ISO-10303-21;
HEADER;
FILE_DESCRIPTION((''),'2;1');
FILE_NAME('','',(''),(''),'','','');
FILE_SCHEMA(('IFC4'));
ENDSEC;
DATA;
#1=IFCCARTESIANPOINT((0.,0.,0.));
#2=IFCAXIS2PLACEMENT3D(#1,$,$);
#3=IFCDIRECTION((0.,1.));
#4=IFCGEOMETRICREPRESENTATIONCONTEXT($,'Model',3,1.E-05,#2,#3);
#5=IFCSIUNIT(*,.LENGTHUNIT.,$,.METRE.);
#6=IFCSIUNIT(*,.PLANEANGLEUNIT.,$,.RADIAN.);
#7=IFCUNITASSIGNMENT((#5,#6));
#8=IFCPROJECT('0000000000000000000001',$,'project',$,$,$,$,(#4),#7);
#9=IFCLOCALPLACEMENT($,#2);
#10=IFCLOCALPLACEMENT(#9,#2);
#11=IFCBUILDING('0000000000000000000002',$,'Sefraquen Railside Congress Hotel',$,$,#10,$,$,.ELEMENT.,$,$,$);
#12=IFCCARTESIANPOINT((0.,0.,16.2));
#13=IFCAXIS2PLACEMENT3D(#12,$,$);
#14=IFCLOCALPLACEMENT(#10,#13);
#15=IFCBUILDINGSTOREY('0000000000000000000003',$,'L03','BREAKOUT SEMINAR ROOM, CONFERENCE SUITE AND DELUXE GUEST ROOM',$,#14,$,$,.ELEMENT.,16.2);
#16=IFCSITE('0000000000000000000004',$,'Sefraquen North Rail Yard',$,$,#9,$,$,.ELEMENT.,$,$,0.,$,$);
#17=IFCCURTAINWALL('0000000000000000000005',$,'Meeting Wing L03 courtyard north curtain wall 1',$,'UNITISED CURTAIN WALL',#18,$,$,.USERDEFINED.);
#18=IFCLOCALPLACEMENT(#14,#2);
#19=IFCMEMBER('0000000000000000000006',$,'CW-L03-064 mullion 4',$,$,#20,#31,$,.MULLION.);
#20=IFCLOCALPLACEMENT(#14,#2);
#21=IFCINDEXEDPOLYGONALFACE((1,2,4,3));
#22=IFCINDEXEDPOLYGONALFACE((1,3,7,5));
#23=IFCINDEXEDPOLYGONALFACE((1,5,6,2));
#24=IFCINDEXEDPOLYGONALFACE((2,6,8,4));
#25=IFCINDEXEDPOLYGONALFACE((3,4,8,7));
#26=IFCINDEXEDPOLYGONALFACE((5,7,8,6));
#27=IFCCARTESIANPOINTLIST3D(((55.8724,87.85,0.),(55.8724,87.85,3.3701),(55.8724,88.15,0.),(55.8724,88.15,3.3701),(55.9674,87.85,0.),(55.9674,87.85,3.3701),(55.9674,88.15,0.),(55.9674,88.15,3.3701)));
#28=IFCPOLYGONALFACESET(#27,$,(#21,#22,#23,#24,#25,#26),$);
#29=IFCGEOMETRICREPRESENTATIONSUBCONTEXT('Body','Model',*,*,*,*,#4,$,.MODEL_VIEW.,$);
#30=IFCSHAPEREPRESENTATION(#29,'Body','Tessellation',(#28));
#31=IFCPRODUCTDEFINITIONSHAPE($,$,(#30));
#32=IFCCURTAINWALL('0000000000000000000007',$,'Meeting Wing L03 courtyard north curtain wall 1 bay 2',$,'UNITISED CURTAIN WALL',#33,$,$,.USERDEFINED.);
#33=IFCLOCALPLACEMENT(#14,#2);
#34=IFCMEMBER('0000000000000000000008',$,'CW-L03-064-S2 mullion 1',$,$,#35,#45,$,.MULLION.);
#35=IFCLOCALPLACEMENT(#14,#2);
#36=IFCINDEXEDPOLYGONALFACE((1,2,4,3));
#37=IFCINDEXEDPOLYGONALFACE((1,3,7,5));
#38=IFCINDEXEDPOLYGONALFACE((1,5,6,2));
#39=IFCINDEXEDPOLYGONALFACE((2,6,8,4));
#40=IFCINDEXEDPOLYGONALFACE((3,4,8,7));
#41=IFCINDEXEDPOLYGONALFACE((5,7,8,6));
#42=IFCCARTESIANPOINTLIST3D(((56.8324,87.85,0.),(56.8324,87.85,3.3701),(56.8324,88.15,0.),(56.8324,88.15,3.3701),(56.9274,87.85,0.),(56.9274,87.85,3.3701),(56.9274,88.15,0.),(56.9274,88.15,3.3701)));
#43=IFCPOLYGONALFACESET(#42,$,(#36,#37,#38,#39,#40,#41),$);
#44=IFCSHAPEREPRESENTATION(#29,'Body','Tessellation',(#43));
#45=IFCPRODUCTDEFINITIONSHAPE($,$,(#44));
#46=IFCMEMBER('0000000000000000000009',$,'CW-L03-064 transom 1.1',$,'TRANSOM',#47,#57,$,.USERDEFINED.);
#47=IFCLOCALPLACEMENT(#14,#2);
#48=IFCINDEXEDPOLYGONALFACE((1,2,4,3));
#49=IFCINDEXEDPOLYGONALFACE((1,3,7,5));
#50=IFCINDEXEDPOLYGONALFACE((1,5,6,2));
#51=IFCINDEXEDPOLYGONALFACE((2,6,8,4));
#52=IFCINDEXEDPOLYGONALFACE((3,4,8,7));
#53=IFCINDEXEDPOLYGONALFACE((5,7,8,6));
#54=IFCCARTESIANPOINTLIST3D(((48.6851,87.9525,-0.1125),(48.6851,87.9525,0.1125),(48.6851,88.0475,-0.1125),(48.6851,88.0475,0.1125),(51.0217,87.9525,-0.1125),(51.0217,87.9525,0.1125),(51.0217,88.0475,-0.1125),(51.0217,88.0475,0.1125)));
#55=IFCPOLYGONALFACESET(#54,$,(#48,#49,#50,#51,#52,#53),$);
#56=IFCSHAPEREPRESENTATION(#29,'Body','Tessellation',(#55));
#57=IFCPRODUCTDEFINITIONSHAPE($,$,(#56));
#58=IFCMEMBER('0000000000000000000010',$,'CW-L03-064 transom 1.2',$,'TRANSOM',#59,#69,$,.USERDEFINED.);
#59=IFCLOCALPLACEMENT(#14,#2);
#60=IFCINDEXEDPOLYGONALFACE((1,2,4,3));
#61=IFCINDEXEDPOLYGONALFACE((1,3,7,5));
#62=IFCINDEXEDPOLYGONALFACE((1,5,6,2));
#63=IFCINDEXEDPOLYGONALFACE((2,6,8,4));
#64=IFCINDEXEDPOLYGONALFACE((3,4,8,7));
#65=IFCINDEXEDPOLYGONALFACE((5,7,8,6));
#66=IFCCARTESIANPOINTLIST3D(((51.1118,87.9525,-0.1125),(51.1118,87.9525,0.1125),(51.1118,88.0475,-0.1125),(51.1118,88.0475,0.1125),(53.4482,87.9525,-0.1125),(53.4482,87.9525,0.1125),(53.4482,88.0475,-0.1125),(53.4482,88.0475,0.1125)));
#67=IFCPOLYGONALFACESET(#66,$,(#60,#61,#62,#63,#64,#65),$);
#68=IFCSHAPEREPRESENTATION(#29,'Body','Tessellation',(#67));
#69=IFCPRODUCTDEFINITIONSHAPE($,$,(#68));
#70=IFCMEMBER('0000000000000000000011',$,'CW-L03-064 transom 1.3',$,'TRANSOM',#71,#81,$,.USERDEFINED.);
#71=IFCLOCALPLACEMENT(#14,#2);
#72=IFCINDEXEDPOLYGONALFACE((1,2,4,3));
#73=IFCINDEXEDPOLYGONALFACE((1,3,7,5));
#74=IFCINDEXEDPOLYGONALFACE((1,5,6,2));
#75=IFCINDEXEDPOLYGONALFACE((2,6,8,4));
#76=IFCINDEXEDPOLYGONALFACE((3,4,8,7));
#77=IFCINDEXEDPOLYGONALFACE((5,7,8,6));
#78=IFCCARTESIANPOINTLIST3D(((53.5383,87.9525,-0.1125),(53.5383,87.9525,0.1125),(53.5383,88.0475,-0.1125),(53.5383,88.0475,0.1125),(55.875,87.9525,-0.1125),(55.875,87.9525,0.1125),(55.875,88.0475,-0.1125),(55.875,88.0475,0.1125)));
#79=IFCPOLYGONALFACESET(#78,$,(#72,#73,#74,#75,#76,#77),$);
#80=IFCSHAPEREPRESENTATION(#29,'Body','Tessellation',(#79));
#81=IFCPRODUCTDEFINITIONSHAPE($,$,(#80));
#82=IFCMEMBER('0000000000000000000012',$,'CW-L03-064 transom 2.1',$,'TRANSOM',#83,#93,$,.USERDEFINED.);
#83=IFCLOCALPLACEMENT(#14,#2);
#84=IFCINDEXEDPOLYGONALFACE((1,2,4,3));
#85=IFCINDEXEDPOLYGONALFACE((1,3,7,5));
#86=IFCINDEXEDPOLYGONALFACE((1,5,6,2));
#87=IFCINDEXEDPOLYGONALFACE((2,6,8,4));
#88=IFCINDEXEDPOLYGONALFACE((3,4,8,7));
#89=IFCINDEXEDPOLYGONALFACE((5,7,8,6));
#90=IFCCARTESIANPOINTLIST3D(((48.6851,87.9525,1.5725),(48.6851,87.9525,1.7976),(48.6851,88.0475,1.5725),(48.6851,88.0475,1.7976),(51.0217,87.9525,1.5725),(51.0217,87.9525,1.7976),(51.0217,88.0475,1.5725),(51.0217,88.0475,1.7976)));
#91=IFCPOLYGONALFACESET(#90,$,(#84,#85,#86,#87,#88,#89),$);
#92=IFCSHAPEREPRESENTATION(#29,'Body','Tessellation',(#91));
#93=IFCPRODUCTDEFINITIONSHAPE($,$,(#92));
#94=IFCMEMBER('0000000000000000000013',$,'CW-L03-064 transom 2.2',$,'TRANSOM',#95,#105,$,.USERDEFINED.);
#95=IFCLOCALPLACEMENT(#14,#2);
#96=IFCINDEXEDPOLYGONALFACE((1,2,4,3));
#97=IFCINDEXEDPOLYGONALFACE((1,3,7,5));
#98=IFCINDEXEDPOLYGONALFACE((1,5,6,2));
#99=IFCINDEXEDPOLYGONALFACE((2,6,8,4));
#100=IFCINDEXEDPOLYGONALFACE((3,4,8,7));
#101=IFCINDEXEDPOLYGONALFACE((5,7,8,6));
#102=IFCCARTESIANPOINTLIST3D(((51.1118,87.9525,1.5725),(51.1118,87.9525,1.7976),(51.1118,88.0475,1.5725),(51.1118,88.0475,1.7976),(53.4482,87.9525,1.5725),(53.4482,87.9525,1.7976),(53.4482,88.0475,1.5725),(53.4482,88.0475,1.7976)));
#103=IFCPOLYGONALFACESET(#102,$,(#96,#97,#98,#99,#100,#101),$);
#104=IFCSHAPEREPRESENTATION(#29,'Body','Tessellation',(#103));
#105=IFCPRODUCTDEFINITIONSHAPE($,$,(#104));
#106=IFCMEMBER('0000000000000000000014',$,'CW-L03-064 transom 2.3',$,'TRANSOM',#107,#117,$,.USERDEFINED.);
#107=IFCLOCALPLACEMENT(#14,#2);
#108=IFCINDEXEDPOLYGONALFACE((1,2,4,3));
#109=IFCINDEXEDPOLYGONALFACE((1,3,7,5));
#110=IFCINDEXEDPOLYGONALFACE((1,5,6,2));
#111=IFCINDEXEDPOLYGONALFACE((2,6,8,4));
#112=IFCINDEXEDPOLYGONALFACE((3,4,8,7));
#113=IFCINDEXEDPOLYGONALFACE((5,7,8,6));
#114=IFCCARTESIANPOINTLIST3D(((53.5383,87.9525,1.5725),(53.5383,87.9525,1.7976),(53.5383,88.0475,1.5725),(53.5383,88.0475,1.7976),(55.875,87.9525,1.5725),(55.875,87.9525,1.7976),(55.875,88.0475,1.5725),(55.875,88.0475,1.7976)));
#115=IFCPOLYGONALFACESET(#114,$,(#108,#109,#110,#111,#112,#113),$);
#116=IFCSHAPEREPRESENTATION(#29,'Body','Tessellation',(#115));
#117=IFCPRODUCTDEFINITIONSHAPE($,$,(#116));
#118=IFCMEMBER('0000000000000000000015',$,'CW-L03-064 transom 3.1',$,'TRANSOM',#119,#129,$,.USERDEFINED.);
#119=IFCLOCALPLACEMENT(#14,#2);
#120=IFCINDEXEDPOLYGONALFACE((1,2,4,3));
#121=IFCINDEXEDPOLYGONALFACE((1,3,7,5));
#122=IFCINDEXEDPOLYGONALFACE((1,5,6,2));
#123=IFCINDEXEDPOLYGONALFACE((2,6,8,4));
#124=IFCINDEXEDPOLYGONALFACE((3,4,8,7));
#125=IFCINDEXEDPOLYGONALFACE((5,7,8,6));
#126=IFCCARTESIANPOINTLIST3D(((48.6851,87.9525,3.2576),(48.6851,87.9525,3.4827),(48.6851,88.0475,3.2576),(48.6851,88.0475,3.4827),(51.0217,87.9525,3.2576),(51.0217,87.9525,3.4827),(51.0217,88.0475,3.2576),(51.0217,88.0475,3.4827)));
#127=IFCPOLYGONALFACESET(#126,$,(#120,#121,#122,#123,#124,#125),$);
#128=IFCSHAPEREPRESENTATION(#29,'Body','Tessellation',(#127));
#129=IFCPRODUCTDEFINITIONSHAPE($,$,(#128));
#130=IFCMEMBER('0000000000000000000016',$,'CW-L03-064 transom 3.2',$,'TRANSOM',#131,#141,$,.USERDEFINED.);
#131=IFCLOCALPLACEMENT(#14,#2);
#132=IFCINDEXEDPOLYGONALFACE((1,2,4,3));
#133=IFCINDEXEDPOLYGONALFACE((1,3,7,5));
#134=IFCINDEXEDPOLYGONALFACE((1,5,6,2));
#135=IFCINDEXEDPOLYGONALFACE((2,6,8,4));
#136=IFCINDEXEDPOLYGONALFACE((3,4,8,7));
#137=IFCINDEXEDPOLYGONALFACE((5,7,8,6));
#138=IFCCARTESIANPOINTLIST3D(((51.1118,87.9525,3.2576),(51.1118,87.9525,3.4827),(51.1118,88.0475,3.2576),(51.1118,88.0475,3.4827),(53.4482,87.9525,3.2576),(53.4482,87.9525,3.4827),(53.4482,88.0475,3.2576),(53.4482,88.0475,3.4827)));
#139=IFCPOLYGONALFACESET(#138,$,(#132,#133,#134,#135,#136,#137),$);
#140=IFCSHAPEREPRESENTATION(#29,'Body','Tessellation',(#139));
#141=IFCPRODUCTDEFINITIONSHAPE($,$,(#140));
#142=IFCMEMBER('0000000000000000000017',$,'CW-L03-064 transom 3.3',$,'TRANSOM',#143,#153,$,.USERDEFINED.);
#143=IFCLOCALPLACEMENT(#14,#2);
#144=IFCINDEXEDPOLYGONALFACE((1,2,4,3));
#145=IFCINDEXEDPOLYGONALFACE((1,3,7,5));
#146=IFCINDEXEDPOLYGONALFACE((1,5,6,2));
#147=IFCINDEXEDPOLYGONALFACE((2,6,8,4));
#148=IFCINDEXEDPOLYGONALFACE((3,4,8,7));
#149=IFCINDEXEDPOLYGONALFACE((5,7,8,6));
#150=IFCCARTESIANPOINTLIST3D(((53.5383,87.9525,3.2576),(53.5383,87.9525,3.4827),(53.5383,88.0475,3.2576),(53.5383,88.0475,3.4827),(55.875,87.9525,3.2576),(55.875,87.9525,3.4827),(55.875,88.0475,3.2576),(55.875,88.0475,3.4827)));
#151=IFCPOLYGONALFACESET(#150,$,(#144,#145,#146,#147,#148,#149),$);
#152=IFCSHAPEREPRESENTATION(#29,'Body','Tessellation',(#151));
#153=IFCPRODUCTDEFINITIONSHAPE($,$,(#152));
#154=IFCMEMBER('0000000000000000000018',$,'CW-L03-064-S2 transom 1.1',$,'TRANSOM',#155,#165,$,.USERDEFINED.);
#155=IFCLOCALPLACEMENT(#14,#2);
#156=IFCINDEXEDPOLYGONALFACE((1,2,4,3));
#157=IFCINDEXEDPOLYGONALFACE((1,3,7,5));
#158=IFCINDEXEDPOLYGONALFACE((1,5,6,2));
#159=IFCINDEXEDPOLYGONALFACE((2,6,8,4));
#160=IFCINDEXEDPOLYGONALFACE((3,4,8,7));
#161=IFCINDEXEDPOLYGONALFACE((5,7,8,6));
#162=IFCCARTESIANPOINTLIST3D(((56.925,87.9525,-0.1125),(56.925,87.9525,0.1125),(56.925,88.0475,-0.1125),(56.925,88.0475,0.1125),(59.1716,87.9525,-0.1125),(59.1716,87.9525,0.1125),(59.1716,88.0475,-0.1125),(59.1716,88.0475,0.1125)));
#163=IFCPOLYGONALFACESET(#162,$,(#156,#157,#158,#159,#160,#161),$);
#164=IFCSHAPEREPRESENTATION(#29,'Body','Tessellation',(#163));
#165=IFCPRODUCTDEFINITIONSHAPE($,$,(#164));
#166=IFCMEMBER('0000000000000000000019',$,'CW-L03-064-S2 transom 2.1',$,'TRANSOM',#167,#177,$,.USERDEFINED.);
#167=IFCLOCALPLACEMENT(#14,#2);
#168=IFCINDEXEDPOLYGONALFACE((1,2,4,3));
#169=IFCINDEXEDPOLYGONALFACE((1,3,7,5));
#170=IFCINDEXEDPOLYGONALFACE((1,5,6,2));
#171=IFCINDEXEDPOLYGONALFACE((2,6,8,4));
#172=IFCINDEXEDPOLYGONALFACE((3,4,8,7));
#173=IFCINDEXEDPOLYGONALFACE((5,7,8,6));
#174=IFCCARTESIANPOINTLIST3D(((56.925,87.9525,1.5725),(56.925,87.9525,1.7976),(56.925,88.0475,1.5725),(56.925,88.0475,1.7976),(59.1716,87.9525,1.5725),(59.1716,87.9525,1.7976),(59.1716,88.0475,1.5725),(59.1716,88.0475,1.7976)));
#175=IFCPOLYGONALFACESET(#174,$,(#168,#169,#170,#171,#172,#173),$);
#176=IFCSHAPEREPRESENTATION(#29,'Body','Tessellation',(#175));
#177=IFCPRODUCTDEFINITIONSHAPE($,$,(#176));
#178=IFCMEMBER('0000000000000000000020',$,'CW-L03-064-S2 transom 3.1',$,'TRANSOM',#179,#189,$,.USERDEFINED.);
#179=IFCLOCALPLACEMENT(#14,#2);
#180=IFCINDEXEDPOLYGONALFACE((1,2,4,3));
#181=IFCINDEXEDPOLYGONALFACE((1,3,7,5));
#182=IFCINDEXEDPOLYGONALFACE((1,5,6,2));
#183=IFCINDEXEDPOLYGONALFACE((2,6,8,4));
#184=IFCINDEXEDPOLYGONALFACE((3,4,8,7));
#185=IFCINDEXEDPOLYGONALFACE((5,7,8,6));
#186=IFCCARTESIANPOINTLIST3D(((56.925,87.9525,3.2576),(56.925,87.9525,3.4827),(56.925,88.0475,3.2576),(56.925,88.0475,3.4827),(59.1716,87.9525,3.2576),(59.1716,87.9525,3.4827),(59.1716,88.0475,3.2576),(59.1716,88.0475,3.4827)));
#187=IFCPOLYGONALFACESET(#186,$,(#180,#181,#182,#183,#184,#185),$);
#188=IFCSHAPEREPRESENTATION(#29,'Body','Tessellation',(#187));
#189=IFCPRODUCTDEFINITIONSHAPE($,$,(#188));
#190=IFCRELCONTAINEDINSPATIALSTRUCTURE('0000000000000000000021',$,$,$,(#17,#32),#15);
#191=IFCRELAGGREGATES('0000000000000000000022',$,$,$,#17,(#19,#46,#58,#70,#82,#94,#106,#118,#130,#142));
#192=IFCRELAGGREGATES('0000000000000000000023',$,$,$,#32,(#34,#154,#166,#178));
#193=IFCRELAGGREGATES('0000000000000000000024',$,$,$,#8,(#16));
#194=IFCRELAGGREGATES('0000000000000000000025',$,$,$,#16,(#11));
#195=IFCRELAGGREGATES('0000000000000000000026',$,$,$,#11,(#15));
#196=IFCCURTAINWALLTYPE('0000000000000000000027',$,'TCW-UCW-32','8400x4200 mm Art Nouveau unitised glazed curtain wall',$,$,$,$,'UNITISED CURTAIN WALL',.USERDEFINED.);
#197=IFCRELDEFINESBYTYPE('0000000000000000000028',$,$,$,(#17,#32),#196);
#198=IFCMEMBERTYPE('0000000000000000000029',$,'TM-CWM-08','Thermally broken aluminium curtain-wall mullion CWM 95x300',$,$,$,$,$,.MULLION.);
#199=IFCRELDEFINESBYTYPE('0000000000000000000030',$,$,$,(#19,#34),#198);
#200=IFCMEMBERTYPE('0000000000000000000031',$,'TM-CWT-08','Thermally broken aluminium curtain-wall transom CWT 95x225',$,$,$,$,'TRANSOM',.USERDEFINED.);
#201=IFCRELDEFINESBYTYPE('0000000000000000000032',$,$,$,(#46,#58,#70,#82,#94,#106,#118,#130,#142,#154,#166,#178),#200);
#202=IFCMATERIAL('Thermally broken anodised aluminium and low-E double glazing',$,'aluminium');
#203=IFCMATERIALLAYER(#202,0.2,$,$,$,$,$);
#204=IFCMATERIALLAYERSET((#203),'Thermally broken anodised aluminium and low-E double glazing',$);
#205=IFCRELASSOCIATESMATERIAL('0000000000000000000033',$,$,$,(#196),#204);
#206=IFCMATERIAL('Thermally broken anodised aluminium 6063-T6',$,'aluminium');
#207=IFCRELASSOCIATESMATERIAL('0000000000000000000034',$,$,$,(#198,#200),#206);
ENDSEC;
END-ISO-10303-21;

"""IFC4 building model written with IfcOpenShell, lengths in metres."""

from ifc_helpers import new_model, si_unit, direction, frame, origin, origin_2d, place, context, subcontext, project, spatial, rectangle, extrude, material, layer, layer_set, material_profile, profile_set, type_object, element, aggregate, save


model = new_model("IFC4")

# Units and contexts
model_context = context("Model", 3, precision=1e-05, world=origin(), true_north=direction((0.0, 1.0)))
body_context = subcontext(model_context, "Body", "Model", "MODEL_VIEW")
ifc_project = project(units=[si_unit("LENGTHUNIT", "METRE"), si_unit("PLANEANGLEUNIT", "RADIAN")], contexts=[model_context])

# Site, building, storey
site_placement = place(None, origin())
site = spatial("IfcSite", under=ifc_project, at=site_placement, Name="Sefraquen North Rail Yard", CompositionType="ELEMENT", RefElevation=0.0)
building_placement = place(site_placement, origin())
building = spatial("IfcBuilding", under=site, at=building_placement, Name="Sefraquen Railside Congress Hotel", CompositionType="ELEMENT")
storey_placement = place(building_placement, frame((0.0, 0.0, 16.2)))
storey = spatial("IfcBuildingStorey", under=building, at=storey_placement, Name="L03", Description="BREAKOUT SEMINAR ROOM, CONFERENCE SUITE AND DELUXE GUEST ROOM", CompositionType="ELEMENT", Elevation=16.2)

# Curtain wall, member
ifc_material_1 = material(Name="Thermally broken anodised aluminium and low-E double glazing", Category="aluminium")
ifc_layer_1 = layer(ifc_material_1, 0.2)
ifc_layer_set_1 = layer_set([ifc_layer_1], Name="Thermally broken anodised aluminium and low-E double glazing")
curtain_wall_type = type_object("IfcCurtainWallType", Name="TCW-UCW-32", Description="8400x4200 mm Art Nouveau unitised glazed curtain wall", ElementType="UNITISED CURTAIN WALL", PredefinedType="USERDEFINED", material=ifc_layer_set_1)
curtain_wall_1_placement = place(storey_placement, origin())
curtain_wall_1 = element("IfcCurtainWall", 1, at=curtain_wall_1_placement, inside=storey, type_object=curtain_wall_type, Name="Meeting Wing L03 courtyard north curtain wall 1", ObjectType="UNITISED CURTAIN WALL", PredefinedType="USERDEFINED")
ifc_material_2 = material(Name="Thermally broken anodised aluminium 6063-T6", Category="aluminium")
ifc_material_profile_1 = material_profile(ifc_material_2, rectangle(XDim=0.095, YDim=0.3, at=origin_2d()), Name="CWM 95x300")
ifc_profile_set_1 = profile_set([ifc_material_profile_1], Name="Thermally broken anodised aluminium 6063-T6")
member_type_1 = type_object("IfcMemberType", Name="TM-CWM-08", Description="Thermally broken aluminium curtain-wall mullion CWM 95x300", PredefinedType="MULLION", material=ifc_profile_set_1)
member_1_placement = place(storey_placement, frame((55.9199, 88.0, 0.0), z_axis=(0.0, 0.0, 1.0), x_axis=(1.0, 0.0, 0.0)))
member_1 = element("IfcMember", 2, at=member_1_placement, type_object=member_type_1, Name="CW-L03-064 mullion 4", PredefinedType="MULLION", context=body_context, shape_type="SweptSolid", body=[
    extrude(rectangle(XDim=0.095, YDim=0.3, at=origin_2d()), origin(), (0.0, 0.0, 1.0), 3.3701),
])

# Curtain wall, member
curtain_wall_2_placement = place(storey_placement, origin())
curtain_wall_2 = element("IfcCurtainWall", 3, at=curtain_wall_2_placement, inside=storey, type_object=curtain_wall_type, Name="Meeting Wing L03 courtyard north curtain wall 1 bay 2", ObjectType="UNITISED CURTAIN WALL", PredefinedType="USERDEFINED")
member_2_placement = place(storey_placement, frame((56.8799, 88.0, 0.0), z_axis=(0.0, 0.0, 1.0), x_axis=(1.0, 0.0, 0.0)))
member_2 = element("IfcMember", 4, at=member_2_placement, type_object=member_type_1, Name="CW-L03-064-S2 mullion 1", PredefinedType="MULLION", context=body_context, shape_type="SweptSolid", body=[
    extrude(rectangle(XDim=0.095, YDim=0.3, at=origin_2d()), origin(), (0.0, 0.0, 1.0), 3.3701),
])

# Members
ifc_material_profile_2 = material_profile(ifc_material_2, rectangle(XDim=0.095, YDim=0.2251, at=origin_2d()), Name="CWT 95x225")
ifc_profile_set_2 = profile_set([ifc_material_profile_2], Name="Thermally broken anodised aluminium 6063-T6")
member_type_2 = type_object("IfcMemberType", Name="TM-CWT-08", Description="Thermally broken aluminium curtain-wall transom CWT 95x225", ElementType="TRANSOM", PredefinedType="USERDEFINED", material=ifc_profile_set_2)
member_3_placement = place(storey_placement, frame((48.6851, 88.0, 0.0), z_axis=(1.0, 0.0, 0.0), x_axis=(0.0, 1.0, 0.0)))
member_3 = element("IfcMember", 5, at=member_3_placement, type_object=member_type_2, Name="CW-L03-064 transom 1.1", ObjectType="TRANSOM", PredefinedType="USERDEFINED", context=body_context, shape_type="SweptSolid", body=[
    extrude(rectangle(XDim=0.095, YDim=0.2251, at=origin_2d()), origin(), (0.0, 0.0, 1.0), 2.3367),
])
member_4_placement = place(storey_placement, frame((51.1118, 88.0, 0.0), z_axis=(1.0, 0.0, 0.0), x_axis=(0.0, 1.0, 0.0)))
member_4 = element("IfcMember", 6, at=member_4_placement, type_object=member_type_2, Name="CW-L03-064 transom 1.2", ObjectType="TRANSOM", PredefinedType="USERDEFINED", context=body_context, shape_type="SweptSolid", body=[
    extrude(rectangle(XDim=0.095, YDim=0.2251, at=origin_2d()), origin(), (0.0, 0.0, 1.0), 2.3364),
])
member_5_placement = place(storey_placement, frame((53.5383, 88.0, 0.0), z_axis=(1.0, 0.0, 0.0), x_axis=(0.0, 1.0, 0.0)))
member_5 = element("IfcMember", 7, at=member_5_placement, type_object=member_type_2, Name="CW-L03-064 transom 1.3", ObjectType="TRANSOM", PredefinedType="USERDEFINED", context=body_context, shape_type="SweptSolid", body=[
    extrude(rectangle(XDim=0.095, YDim=0.2251, at=origin_2d()), origin(), (0.0, 0.0, 1.0), 2.3367),
])
member_6_placement = place(storey_placement, frame((48.6851, 88.0, 1.6851), z_axis=(1.0, 0.0, 0.0), x_axis=(0.0, 1.0, 0.0)))
member_6 = element("IfcMember", 8, at=member_6_placement, type_object=member_type_2, Name="CW-L03-064 transom 2.1", ObjectType="TRANSOM", PredefinedType="USERDEFINED", context=body_context, shape_type="SweptSolid", body=[
    extrude(rectangle(XDim=0.095, YDim=0.2251, at=origin_2d()), origin(), (0.0, 0.0, 1.0), 2.3367),
])
member_7_placement = place(storey_placement, frame((51.1118, 88.0, 1.6851), z_axis=(1.0, 0.0, 0.0), x_axis=(0.0, 1.0, 0.0)))
member_7 = element("IfcMember", 9, at=member_7_placement, type_object=member_type_2, Name="CW-L03-064 transom 2.2", ObjectType="TRANSOM", PredefinedType="USERDEFINED", context=body_context, shape_type="SweptSolid", body=[
    extrude(rectangle(XDim=0.095, YDim=0.2251, at=origin_2d()), origin(), (0.0, 0.0, 1.0), 2.3364),
])
member_8_placement = place(storey_placement, frame((53.5383, 88.0, 1.6851), z_axis=(1.0, 0.0, 0.0), x_axis=(0.0, 1.0, 0.0)))
member_8 = element("IfcMember", 10, at=member_8_placement, type_object=member_type_2, Name="CW-L03-064 transom 2.3", ObjectType="TRANSOM", PredefinedType="USERDEFINED", context=body_context, shape_type="SweptSolid", body=[
    extrude(rectangle(XDim=0.095, YDim=0.2251, at=origin_2d()), origin(), (0.0, 0.0, 1.0), 2.3367),
])
member_9_placement = place(storey_placement, frame((48.6851, 88.0, 3.3701), z_axis=(1.0, 0.0, 0.0), x_axis=(0.0, 1.0, 0.0)))
member_9 = element("IfcMember", 11, at=member_9_placement, type_object=member_type_2, Name="CW-L03-064 transom 3.1", ObjectType="TRANSOM", PredefinedType="USERDEFINED", context=body_context, shape_type="SweptSolid", body=[
    extrude(rectangle(XDim=0.095, YDim=0.2251, at=origin_2d()), origin(), (0.0, 0.0, 1.0), 2.3367),
])
member_10_placement = place(storey_placement, frame((51.1118, 88.0, 3.3701), z_axis=(1.0, 0.0, 0.0), x_axis=(0.0, 1.0, 0.0)))
member_10 = element("IfcMember", 12, at=member_10_placement, type_object=member_type_2, Name="CW-L03-064 transom 3.2", ObjectType="TRANSOM", PredefinedType="USERDEFINED", context=body_context, shape_type="SweptSolid", body=[
    extrude(rectangle(XDim=0.095, YDim=0.2251, at=origin_2d()), origin(), (0.0, 0.0, 1.0), 2.3364),
])
member_11_placement = place(storey_placement, frame((53.5383, 88.0, 3.3701), z_axis=(1.0, 0.0, 0.0), x_axis=(0.0, 1.0, 0.0)))
member_11 = element("IfcMember", 13, at=member_11_placement, type_object=member_type_2, Name="CW-L03-064 transom 3.3", ObjectType="TRANSOM", PredefinedType="USERDEFINED", context=body_context, shape_type="SweptSolid", body=[
    extrude(rectangle(XDim=0.095, YDim=0.2251, at=origin_2d()), origin(), (0.0, 0.0, 1.0), 2.3367),
])
member_12_placement = place(storey_placement, frame((56.925, 88.0, 0.0), z_axis=(1.0, 0.0, 0.0), x_axis=(0.0, 1.0, 0.0)))
member_12 = element("IfcMember", 14, at=member_12_placement, type_object=member_type_2, Name="CW-L03-064-S2 transom 1.1", ObjectType="TRANSOM", PredefinedType="USERDEFINED", context=body_context, shape_type="SweptSolid", body=[
    extrude(rectangle(XDim=0.095, YDim=0.2251, at=origin_2d()), origin(), (0.0, 0.0, 1.0), 2.2466),
])
member_13_placement = place(storey_placement, frame((56.925, 88.0, 1.6851), z_axis=(1.0, 0.0, 0.0), x_axis=(0.0, 1.0, 0.0)))
member_13 = element("IfcMember", 15, at=member_13_placement, type_object=member_type_2, Name="CW-L03-064-S2 transom 2.1", ObjectType="TRANSOM", PredefinedType="USERDEFINED", context=body_context, shape_type="SweptSolid", body=[
    extrude(rectangle(XDim=0.095, YDim=0.2251, at=origin_2d()), origin(), (0.0, 0.0, 1.0), 2.2466),
])
member_14_placement = place(storey_placement, frame((56.925, 88.0, 3.3701), z_axis=(1.0, 0.0, 0.0), x_axis=(0.0, 1.0, 0.0)))
member_14 = element("IfcMember", 16, at=member_14_placement, type_object=member_type_2, Name="CW-L03-064-S2 transom 3.1", ObjectType="TRANSOM", PredefinedType="USERDEFINED", context=body_context, shape_type="SweptSolid", body=[
    extrude(rectangle(XDim=0.095, YDim=0.2251, at=origin_2d()), origin(), (0.0, 0.0, 1.0), 2.2466),
])

aggregate(curtain_wall_1, [member_1, member_3, member_4, member_5, member_6, member_7, member_8, member_9, member_10, member_11])
aggregate(curtain_wall_2, [member_2, member_12, member_13, member_14])

save(model, "model.ifc")
